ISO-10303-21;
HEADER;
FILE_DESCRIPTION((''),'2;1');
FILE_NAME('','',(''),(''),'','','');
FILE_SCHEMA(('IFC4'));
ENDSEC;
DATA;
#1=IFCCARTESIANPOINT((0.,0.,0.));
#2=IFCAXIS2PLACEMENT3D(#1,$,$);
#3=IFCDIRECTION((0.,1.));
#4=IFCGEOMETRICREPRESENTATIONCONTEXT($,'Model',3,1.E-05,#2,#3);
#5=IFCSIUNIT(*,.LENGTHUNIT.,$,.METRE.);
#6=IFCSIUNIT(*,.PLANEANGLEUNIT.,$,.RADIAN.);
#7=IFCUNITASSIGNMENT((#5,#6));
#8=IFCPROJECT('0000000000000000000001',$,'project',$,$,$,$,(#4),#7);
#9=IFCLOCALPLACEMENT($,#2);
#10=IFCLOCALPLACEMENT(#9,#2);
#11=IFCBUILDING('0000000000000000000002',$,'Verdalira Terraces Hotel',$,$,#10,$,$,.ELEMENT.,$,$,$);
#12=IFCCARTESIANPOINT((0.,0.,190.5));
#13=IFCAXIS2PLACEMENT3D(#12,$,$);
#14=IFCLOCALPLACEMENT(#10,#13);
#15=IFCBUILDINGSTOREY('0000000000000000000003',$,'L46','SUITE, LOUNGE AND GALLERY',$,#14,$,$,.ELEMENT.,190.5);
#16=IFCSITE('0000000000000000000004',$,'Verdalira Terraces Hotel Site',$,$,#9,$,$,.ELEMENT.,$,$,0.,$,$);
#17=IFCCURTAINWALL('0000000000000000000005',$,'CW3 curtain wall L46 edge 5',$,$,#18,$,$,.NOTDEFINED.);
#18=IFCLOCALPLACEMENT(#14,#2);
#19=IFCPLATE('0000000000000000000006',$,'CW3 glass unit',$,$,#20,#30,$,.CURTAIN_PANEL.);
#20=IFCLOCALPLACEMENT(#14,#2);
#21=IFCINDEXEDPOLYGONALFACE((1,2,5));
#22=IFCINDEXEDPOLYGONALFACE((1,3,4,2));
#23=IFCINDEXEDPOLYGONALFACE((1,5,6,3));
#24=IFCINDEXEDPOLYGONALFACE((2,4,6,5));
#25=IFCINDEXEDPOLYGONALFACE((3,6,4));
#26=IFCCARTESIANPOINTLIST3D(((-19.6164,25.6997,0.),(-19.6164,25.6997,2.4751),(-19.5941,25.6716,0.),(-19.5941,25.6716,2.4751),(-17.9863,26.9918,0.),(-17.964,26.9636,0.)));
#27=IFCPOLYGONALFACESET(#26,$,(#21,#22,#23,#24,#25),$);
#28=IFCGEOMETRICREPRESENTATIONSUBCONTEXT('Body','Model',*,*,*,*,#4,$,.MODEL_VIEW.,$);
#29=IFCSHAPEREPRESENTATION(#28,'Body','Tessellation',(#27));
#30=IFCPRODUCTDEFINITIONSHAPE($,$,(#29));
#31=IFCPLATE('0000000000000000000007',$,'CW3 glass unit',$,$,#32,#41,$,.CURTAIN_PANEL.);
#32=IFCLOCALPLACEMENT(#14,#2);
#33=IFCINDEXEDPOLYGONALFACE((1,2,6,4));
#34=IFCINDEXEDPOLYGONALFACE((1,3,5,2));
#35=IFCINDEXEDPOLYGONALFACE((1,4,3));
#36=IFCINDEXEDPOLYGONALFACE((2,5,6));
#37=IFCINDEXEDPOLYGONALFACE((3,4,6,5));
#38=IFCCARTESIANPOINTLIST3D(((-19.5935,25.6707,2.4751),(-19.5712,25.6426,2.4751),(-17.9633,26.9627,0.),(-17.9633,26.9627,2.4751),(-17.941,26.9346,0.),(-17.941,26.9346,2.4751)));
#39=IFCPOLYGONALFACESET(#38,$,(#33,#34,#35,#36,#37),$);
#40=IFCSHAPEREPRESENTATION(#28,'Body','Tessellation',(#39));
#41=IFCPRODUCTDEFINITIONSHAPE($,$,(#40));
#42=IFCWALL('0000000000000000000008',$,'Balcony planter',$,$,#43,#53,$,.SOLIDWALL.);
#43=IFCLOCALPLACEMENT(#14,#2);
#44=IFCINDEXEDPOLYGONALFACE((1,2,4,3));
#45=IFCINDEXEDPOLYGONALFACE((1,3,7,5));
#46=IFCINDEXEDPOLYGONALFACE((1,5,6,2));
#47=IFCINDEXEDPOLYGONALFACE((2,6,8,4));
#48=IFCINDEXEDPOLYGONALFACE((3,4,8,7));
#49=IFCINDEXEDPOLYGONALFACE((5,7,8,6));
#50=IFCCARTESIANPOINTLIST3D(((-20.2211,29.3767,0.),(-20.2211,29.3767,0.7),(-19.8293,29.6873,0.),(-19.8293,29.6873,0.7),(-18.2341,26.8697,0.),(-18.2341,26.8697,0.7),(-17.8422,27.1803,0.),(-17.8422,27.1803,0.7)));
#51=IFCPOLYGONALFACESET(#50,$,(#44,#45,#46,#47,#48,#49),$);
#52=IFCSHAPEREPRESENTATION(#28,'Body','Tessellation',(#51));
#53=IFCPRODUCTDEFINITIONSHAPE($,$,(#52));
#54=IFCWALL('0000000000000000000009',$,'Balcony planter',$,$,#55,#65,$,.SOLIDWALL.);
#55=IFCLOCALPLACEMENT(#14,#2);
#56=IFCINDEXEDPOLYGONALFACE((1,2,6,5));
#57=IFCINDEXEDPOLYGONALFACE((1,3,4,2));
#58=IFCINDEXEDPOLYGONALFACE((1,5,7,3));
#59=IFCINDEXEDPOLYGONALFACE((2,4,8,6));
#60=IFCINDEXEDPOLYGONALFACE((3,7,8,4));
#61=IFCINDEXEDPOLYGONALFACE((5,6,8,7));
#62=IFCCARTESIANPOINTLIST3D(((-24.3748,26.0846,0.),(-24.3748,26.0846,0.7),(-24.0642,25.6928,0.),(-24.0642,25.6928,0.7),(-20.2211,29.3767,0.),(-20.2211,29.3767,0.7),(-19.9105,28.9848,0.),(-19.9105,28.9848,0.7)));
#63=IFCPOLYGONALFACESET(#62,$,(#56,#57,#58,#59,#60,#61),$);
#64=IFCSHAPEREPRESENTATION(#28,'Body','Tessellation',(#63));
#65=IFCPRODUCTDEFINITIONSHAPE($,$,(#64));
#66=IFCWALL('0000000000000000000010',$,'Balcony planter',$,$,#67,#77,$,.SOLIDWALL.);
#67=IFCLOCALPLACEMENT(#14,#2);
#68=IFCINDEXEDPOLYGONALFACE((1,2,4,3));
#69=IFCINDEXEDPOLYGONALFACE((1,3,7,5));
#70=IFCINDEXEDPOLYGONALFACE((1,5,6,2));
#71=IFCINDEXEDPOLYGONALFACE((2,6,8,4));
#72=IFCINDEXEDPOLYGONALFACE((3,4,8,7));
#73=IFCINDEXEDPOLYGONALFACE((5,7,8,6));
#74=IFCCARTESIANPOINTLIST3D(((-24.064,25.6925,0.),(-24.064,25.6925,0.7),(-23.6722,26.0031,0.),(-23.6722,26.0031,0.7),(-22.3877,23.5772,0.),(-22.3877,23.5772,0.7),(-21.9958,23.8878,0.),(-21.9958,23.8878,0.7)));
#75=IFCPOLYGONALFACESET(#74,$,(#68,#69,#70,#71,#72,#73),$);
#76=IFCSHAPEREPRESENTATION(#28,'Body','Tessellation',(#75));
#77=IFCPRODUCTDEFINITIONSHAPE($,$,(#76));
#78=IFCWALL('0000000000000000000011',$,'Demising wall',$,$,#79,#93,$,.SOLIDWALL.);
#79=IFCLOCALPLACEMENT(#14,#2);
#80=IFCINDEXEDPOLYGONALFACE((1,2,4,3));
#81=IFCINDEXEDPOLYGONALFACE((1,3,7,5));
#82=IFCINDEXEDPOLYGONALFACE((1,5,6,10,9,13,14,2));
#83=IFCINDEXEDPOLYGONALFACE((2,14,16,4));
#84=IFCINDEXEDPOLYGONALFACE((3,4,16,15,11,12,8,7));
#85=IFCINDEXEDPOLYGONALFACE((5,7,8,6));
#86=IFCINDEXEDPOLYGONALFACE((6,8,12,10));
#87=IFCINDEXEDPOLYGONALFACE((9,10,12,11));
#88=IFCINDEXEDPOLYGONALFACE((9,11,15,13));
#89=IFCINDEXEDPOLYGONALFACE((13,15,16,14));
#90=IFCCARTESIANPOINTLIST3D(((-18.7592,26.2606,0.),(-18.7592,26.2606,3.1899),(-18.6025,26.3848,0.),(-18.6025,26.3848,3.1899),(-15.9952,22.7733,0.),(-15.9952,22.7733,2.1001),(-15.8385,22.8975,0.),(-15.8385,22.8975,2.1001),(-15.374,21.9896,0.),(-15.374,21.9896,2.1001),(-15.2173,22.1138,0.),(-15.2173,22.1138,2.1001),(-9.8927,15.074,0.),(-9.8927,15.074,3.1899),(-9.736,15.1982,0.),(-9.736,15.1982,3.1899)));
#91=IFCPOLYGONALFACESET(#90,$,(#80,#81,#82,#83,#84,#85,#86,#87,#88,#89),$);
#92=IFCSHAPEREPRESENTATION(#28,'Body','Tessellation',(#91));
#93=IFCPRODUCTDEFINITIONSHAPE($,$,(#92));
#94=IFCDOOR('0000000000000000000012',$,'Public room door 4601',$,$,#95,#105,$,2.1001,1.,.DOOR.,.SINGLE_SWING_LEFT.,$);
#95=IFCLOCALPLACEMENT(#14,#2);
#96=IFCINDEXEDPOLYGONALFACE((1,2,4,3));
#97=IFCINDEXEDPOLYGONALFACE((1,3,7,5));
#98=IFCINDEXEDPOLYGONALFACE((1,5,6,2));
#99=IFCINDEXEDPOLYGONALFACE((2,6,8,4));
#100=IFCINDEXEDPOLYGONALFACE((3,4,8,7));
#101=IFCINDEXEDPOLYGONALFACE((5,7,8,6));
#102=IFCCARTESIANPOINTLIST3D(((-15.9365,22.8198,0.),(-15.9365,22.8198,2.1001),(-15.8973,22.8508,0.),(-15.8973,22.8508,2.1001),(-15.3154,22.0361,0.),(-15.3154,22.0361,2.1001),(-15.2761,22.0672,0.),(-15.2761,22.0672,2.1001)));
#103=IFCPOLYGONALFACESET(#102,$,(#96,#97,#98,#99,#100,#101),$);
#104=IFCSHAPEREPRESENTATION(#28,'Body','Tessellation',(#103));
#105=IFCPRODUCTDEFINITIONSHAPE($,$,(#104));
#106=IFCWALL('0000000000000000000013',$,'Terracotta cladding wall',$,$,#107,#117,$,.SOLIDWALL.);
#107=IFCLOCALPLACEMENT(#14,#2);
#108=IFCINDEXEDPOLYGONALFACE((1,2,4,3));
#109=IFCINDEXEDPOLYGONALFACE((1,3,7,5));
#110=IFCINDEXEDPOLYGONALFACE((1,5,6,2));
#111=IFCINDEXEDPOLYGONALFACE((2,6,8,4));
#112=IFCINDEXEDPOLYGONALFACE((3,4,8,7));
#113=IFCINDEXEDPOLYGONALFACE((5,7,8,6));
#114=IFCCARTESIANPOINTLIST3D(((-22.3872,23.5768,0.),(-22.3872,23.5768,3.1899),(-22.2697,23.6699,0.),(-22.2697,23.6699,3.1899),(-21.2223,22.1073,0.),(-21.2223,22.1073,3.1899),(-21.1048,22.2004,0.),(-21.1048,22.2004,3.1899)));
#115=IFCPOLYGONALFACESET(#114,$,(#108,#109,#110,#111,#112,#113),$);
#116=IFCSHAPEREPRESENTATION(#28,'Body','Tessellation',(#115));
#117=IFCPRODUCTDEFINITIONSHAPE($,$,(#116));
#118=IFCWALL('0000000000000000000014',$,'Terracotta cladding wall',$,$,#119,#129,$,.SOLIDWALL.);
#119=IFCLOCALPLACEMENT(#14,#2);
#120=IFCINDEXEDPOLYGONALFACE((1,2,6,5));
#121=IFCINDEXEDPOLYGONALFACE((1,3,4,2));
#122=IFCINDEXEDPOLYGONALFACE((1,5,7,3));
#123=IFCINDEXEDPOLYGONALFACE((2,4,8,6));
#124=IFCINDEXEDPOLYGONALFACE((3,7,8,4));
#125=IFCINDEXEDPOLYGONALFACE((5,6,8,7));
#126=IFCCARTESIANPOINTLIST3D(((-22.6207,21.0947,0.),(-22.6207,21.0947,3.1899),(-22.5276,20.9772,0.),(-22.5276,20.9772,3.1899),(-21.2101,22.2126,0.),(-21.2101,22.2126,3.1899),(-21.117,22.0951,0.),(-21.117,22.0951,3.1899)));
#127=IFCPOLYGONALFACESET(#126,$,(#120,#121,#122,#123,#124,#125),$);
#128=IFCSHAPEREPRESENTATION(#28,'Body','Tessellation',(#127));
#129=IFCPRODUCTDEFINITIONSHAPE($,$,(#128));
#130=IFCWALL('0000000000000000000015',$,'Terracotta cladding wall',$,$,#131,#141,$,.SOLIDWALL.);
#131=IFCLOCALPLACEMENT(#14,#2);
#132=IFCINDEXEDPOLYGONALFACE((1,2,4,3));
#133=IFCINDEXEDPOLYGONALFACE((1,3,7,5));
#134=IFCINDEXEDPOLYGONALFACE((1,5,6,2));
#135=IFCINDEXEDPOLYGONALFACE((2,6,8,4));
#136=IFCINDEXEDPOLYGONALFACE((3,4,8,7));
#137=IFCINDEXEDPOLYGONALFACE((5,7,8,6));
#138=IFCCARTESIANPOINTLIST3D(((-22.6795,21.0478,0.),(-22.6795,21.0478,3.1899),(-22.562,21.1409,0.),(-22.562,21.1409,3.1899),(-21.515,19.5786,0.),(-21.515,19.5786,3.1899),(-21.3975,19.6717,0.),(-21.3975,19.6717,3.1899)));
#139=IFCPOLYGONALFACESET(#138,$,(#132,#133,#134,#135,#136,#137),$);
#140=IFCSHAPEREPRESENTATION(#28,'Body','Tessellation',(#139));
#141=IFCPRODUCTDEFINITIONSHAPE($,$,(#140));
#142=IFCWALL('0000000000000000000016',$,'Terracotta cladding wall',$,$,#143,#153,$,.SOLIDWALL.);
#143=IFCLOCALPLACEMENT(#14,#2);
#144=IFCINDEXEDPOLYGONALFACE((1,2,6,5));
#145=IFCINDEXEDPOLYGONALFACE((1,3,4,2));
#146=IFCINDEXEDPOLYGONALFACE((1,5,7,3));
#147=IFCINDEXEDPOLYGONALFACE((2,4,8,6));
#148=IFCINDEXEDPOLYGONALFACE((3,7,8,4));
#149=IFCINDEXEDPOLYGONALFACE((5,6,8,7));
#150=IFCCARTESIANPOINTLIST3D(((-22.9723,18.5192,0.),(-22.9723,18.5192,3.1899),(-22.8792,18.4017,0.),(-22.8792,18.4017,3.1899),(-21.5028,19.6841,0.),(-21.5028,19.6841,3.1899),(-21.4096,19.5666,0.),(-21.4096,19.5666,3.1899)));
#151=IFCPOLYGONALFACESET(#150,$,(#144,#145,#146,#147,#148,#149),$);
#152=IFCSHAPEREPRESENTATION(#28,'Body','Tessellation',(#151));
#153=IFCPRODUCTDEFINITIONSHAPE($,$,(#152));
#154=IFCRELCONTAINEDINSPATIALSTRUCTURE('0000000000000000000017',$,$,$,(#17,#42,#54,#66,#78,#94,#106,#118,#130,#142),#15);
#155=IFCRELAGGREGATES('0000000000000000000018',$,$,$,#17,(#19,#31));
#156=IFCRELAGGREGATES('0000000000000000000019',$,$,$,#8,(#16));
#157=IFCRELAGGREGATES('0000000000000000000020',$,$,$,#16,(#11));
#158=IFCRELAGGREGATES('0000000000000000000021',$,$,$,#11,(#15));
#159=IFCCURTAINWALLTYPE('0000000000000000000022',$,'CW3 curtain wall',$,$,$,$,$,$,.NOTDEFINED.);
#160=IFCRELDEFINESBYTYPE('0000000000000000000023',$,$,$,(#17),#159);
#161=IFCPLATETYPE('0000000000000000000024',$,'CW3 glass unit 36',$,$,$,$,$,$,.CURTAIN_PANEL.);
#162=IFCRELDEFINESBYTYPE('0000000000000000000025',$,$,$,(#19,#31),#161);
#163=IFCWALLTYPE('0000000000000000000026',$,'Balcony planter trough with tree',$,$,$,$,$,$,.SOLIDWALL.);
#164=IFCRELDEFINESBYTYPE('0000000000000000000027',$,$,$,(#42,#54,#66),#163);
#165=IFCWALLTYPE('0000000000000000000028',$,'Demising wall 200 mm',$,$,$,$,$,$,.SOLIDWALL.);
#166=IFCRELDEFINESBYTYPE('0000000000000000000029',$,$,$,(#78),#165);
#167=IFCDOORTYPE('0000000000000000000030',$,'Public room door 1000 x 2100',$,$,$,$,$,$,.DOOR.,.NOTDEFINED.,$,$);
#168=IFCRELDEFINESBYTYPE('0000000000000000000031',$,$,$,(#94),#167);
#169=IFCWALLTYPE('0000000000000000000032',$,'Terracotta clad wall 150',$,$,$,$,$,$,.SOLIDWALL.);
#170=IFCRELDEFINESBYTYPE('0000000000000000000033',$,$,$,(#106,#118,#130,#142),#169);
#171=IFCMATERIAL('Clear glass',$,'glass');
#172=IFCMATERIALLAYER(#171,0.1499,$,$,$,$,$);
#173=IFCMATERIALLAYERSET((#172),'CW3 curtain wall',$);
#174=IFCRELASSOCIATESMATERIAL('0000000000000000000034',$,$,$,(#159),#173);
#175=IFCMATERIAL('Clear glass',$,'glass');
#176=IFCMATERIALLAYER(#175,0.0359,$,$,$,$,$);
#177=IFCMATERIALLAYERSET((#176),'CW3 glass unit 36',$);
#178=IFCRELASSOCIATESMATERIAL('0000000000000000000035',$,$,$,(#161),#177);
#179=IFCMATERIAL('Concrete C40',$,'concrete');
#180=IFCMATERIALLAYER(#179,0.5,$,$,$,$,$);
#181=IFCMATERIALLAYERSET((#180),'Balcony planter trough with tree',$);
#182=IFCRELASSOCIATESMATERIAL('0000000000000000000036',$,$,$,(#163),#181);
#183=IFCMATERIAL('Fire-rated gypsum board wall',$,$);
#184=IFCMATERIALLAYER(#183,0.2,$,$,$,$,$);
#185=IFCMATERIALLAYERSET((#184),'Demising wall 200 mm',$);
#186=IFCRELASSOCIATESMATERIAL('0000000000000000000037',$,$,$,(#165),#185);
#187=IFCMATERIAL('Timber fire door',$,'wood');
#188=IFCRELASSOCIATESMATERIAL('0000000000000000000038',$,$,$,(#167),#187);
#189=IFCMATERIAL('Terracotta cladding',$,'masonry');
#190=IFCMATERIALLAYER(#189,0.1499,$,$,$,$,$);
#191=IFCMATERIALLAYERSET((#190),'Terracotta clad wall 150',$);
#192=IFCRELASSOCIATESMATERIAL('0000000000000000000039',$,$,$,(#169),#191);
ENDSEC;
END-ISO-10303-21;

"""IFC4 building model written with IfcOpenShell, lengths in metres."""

from ifc_helpers import new_model, si_unit, direction, frame, frame_2d, origin, place, context, subcontext, project, spatial, polyline, rectangle, outline, extrude, material, layer, layer_set, type_object, element, fill, aggregate, save


model = new_model("IFC4")

# Units and contexts
model_context = context("Model", 3, precision=1e-05, world=origin(), true_north=direction((0.0, 1.0)))
body_context = subcontext(model_context, "Body", "Model", "MODEL_VIEW")
ifc_project = project(units=[si_unit("LENGTHUNIT", "METRE"), si_unit("PLANEANGLEUNIT", "RADIAN")], contexts=[model_context])

# Site, building, storey
site_placement = place(None, origin())
site = spatial("IfcSite", under=ifc_project, at=site_placement, Name="Verdalira Terraces Hotel Site", CompositionType="ELEMENT", RefElevation=0.0)
building_placement = place(site_placement, origin())
building = spatial("IfcBuilding", under=site, at=building_placement, Name="Verdalira Terraces Hotel", CompositionType="ELEMENT")
storey_placement = place(building_placement, frame((0.0, 0.0, 190.5)))
storey = spatial("IfcBuildingStorey", under=building, at=storey_placement, Name="L46", Description="SUITE, LOUNGE AND GALLERY", CompositionType="ELEMENT", Elevation=190.5)

# Curtain wall
ifc_material_1 = material(Name="Clear glass", Category="glass")
ifc_layer_1 = layer(ifc_material_1, 0.1499)
ifc_layer_set_1 = layer_set([ifc_layer_1], Name="CW3 curtain wall")
curtain_wall_type_1 = type_object("IfcCurtainWallType", Name="CW3 curtain wall", PredefinedType="NOTDEFINED", material=ifc_layer_set_1)
curtain_wall_1_placement = place(storey_placement, origin())
curtain_wall_1 = element("IfcCurtainWall", 1, at=curtain_wall_1_placement, inside=storey, type_object=curtain_wall_type_1, Name="CW3 curtain wall L46 edge 5", PredefinedType="NOTDEFINED")

# Plates
ifc_material_2 = material(Name="Clear glass", Category="glass")
ifc_layer_2 = layer(ifc_material_2, 0.0359)
ifc_layer_set_2 = layer_set([ifc_layer_2], Name="CW3 glass unit 36")
plate_type = type_object("IfcPlateType", Name="CW3 glass unit 36", PredefinedType="CURTAIN_PANEL", material=ifc_layer_set_2)
plate_1_placement = place(storey_placement, frame((-18.7791, 26.3176, 1.2375), z_axis=(-0.621148, 0.783693, 0.0), x_axis=(-0.783693, -0.621148, 0.0)))
plate_1 = element("IfcPlate", 2, at=plate_1_placement, type_object=plate_type, Name="CW3 glass unit", PredefinedType="CURTAIN_PANEL", context=body_context, shape_type="SweptSolid", body=[
    extrude(outline(polyline([(-1.04, -1.2375), (1.04, -1.2375), (1.04, 1.2375), (-1.04, -1.2375)])), origin(), (0.0, 0.0, 1.0), 0.0359),
])
plate_2_placement = place(storey_placement, frame((-18.7561, 26.2886, 1.2375), z_axis=(-0.621148, 0.783693, 0.0), x_axis=(-0.783693, -0.621148, 0.0)))
plate_2 = element("IfcPlate", 3, at=plate_2_placement, type_object=plate_type, Name="CW3 glass unit", PredefinedType="CURTAIN_PANEL", context=body_context, shape_type="SweptSolid", body=[
    extrude(outline(polyline([(-1.04, -1.2375), (1.04, 1.2375), (-1.04, 1.2375), (-1.04, -1.2375)])), origin(), (0.0, 0.0, 1.0), 0.0359),
])
aggregate(curtain_wall_1, [plate_1, plate_2])

# Walls
ifc_material_3 = material(Name="Concrete C40", Category="concrete")
ifc_layer_3 = layer(ifc_material_3, 0.5)
ifc_layer_set_3 = layer_set([ifc_layer_3], Name="Balcony planter trough with tree")
wall_type_1 = type_object("IfcWallType", Name="Balcony planter trough with tree", PredefinedType="SOLIDWALL", material=ifc_layer_set_3)
wall_1_placement = place(storey_placement, frame((-18.0381, 27.0249, 0.0), z_axis=(0.0, 0.0, 1.0), x_axis=(-0.621143, 0.783698, 0.0)))
element("IfcWall", 4, at=wall_1_placement, inside=storey, type_object=wall_type_1, Name="Balcony planter", PredefinedType="SOLIDWALL", context=body_context, shape_type="SweptSolid", body=[
    extrude(rectangle(XDim=3.199, YDim=0.5, at=frame_2d((1.5996, 0.0))), origin(), (0.0, 0.0, 1.0), 0.7),
])
wall_2_placement = place(storey_placement, frame((-20.0659, 29.1807, 0.0), z_axis=(0.0, 0.0, 1.0), x_axis=(-0.783701, -0.621138, 0.0)))
element("IfcWall", 5, at=wall_2_placement, inside=storey, type_object=wall_type_1, Name="Balcony planter", PredefinedType="SOLIDWALL", context=body_context, shape_type="SweptSolid", body=[
    extrude(rectangle(XDim=5.3, YDim=0.5, at=frame_2d((2.6499, 0.0))), origin(), (0.0, 0.0, 1.0), 0.7),
])
wall_3_placement = place(storey_placement, frame((-23.8682, 25.8479, 0.0), z_axis=(0.0, 0.0, 1.0), x_axis=(0.621092, -0.783738, 0.0)))
element("IfcWall", 6, at=wall_3_placement, inside=storey, type_object=wall_type_1, Name="Balcony planter", PredefinedType="SOLIDWALL", context=body_context, shape_type="SweptSolid", body=[
    extrude(rectangle(XDim=2.699, YDim=0.5, at=frame_2d((1.3496, 0.0))), origin(), (0.0, 0.0, 1.0), 0.7),
])

# Wall, opening, door
ifc_material_4 = material(Name="Fire-rated gypsum board wall")
ifc_layer_4 = layer(ifc_material_4, 0.2)
ifc_layer_set_4 = layer_set([ifc_layer_4], Name="Demising wall 200 mm")
wall_type_2 = type_object("IfcWallType", Name="Demising wall 200 mm", PredefinedType="SOLIDWALL", material=ifc_layer_set_4)
wall_4_placement = place(storey_placement, frame((-18.6809, 26.3228, 0.0), z_axis=(0.0, 0.0, 1.0), x_axis=(0.621153, -0.783689, 0.0)))
wall_4 = element("IfcWall", 7, at=wall_4_placement, inside=storey, type_object=wall_type_2, Name="Demising wall", PredefinedType="SOLIDWALL", context=body_context, shape_type="SweptSolid", body=[
    extrude(rectangle(XDim=14.2742, YDim=0.2, at=frame_2d((7.1372, 0.0))), origin(), (0.0, 0.0, 1.0), 3.1899),
])
opening_1_placement = place(wall_4_placement, frame((4.45, 0.0, 0.0)))
opening_1 = element("IfcOpeningElement", 8, at=opening_1_placement, cuts=wall_4, PredefinedType="OPENING", context=body_context, shape_type="SweptSolid", body=[
    extrude(rectangle(XDim=1.0, YDim=2.1001, at=frame_2d((0.5, 1.05))), frame((0.0, 0.1099, 0.0), z_axis=(0.0, -1.0, 0.0), x_axis=(1.0, 0.0, 0.0)), (0.0, 0.0, 1.0), 0.22),
])
ifc_material_5 = material(Name="Timber fire door", Category="wood")
door_type_1 = type_object("IfcDoorType", Name="Public room door 1000 x 2100", OperationType="NOTDEFINED", PredefinedType="DOOR", material=ifc_material_5)
door_1_placement = place(opening_1_placement, origin())
door_1 = element("IfcDoor", 9, at=door_1_placement, inside=storey, type_object=door_type_1, Name="Public room door 4601", OperationType="SINGLE_SWING_LEFT", OverallHeight=2.1001, OverallWidth=1.0, PredefinedType="DOOR", context=body_context, shape_type="SweptSolid", body=[
    extrude(rectangle(XDim=1.0, YDim=2.1001, at=frame_2d((0.5, 1.05))), frame((0.0, 0.0249, 0.0), z_axis=(0.0, -1.0, 0.0), x_axis=(1.0, 0.0, 0.0)), (0.0, 0.0, 1.0), 0.05),
])
fill(opening_1, door_1)

# Walls
ifc_material_6 = material(Name="Terracotta cladding", Category="masonry")
ifc_layer_5 = layer(ifc_material_6, 0.1499)
ifc_layer_set_5 = layer_set([ifc_layer_5], Name="Terracotta clad wall 150")
wall_type_3 = type_object("IfcWallType", Name="Terracotta clad wall 150", PredefinedType="SOLIDWALL", material=ifc_layer_set_5)
wall_5_placement = place(storey_placement, frame((-22.3284, 23.6233, 0.0), z_axis=(0.0, 0.0, 1.0), x_axis=(0.62118, -0.783668, 0.0)))
element("IfcWall", 10, at=wall_5_placement, inside=storey, type_object=wall_type_3, Name="Terracotta cladding wall", PredefinedType="SOLIDWALL", context=body_context, shape_type="SweptSolid", body=[
    extrude(rectangle(XDim=1.8752, YDim=0.1499, at=frame_2d((0.9375, 0.0))), origin(), (0.0, 0.0, 1.0), 3.1899),
])
wall_6_placement = place(storey_placement, frame((-21.1636, 22.1538, 0.0), z_axis=(0.0, 0.0, 1.0), x_axis=(-0.783732, -0.621099, 0.0)))
element("IfcWall", 11, at=wall_6_placement, inside=storey, type_object=wall_type_3, Name="Terracotta cladding wall", PredefinedType="SOLIDWALL", context=body_context, shape_type="SweptSolid", body=[
    extrude(rectangle(XDim=1.7998, YDim=0.1499, at=frame_2d((0.8999, 0.0))), origin(), (0.0, 0.0, 1.0), 3.1899),
])
wall_7_placement = place(storey_placement, frame((-22.6209, 21.0945, 0.0), z_axis=(0.0, 0.0, 1.0), x_axis=(0.621163, -0.783681, 0.0)))
element("IfcWall", 12, at=wall_7_placement, inside=storey, type_object=wall_type_3, Name="Terracotta cladding wall", PredefinedType="SOLIDWALL", context=body_context, shape_type="SweptSolid", body=[
    extrude(rectangle(XDim=1.8748, YDim=0.1499, at=frame_2d((0.9375, 0.0))), origin(), (0.0, 0.0, 1.0), 3.1899),
])
wall_8_placement = place(storey_placement, frame((-21.4563, 19.6252, 0.0), z_axis=(0.0, 0.0, 1.0), x_axis=(-0.783668, -0.62118, 0.0)))
element("IfcWall", 13, at=wall_8_placement, inside=storey, type_object=wall_type_3, Name="Terracotta cladding wall", PredefinedType="SOLIDWALL", context=body_context, shape_type="SweptSolid", body=[
    extrude(rectangle(XDim=1.8752, YDim=0.1499, at=frame_2d((0.9375, 0.0))), origin(), (0.0, 0.0, 1.0), 3.1899),
])

save(model, "model.ifc")
